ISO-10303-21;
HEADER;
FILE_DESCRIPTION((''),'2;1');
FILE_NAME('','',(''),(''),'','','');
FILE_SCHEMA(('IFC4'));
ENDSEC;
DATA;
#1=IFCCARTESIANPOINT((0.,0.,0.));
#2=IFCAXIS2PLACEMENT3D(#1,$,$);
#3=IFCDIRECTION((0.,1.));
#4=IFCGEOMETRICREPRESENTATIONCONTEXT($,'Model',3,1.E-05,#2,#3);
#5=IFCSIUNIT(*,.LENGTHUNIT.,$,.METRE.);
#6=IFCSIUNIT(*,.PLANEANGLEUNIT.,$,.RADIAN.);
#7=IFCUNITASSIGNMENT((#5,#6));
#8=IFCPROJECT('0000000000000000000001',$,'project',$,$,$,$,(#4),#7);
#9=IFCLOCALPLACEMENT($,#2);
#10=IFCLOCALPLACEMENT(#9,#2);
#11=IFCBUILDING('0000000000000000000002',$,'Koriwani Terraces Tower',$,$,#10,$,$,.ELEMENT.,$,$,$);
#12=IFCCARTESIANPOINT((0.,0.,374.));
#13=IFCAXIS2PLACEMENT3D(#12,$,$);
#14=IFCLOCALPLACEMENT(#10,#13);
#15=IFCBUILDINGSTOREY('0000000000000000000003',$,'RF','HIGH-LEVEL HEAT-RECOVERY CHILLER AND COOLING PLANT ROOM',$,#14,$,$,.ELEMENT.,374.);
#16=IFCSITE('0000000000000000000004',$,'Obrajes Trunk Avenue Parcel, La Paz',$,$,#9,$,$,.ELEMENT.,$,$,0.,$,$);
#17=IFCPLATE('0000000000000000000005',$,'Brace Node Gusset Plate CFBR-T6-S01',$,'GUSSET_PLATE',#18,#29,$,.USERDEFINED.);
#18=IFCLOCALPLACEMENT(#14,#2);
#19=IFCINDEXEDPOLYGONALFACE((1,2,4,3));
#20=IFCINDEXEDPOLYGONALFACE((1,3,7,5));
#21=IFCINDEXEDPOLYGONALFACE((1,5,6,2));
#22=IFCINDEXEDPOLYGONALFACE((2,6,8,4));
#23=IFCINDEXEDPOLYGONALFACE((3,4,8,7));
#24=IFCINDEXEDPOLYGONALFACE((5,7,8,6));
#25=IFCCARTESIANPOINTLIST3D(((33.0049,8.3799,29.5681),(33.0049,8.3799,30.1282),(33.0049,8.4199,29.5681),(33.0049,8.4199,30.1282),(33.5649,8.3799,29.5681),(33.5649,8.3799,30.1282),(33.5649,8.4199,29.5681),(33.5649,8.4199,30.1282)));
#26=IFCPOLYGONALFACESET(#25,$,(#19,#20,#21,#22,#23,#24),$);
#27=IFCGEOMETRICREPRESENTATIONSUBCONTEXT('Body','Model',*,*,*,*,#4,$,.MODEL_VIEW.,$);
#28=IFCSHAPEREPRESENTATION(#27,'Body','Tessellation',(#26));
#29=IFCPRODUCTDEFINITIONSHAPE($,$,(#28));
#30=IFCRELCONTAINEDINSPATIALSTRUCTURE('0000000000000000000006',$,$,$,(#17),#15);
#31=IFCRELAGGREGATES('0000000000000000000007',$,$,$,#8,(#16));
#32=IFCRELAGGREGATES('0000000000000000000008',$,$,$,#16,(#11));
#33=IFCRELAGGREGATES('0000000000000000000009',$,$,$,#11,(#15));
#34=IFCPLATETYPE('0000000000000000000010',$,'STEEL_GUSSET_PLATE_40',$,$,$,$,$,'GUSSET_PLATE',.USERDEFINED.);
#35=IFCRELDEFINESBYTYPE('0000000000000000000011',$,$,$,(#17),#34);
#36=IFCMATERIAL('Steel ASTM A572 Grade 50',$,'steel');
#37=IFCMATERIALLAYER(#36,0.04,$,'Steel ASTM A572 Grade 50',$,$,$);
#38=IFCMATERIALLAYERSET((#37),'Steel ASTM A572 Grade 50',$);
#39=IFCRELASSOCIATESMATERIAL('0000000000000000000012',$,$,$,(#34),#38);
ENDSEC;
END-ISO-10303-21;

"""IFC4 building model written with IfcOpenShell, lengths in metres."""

from ifc_helpers import new_model, si_unit, direction, frame, origin, origin_2d, place, context, subcontext, project, spatial, rectangle, extrude, material, layer, layer_set, type_object, element, save


model = new_model("IFC4")

# Units and contexts
model_context = context("Model", 3, precision=1e-05, world=origin(), true_north=direction((0.0, 1.0)))
body_context = subcontext(model_context, "Body", "Model", "MODEL_VIEW")
ifc_project = project(units=[si_unit("LENGTHUNIT", "METRE"), si_unit("PLANEANGLEUNIT", "RADIAN")], contexts=[model_context])

# Site, building, storey
site_placement = place(None, origin())
site = spatial("IfcSite", under=ifc_project, at=site_placement, Name="Obrajes Trunk Avenue Parcel, La Paz", CompositionType="ELEMENT", RefElevation=0.0)
building_placement = place(site_placement, origin())
building = spatial("IfcBuilding", under=site, at=building_placement, Name="Koriwani Terraces Tower", CompositionType="ELEMENT")
storey_placement = place(building_placement, frame((0.0, 0.0, 374.0)))
storey = spatial("IfcBuildingStorey", under=building, at=storey_placement, Name="RF", Description="HIGH-LEVEL HEAT-RECOVERY CHILLER AND COOLING PLANT ROOM", CompositionType="ELEMENT", Elevation=374.0)

# Shared definitions
ifc_material = material(Name="Steel ASTM A572 Grade 50", Category="steel")

# Plate
ifc_layer_1 = layer(ifc_material, 0.04, Name="Steel ASTM A572 Grade 50")
ifc_layer_set_1 = layer_set([ifc_layer_1], Name="Steel ASTM A572 Grade 50")
plate_type_1 = type_object("IfcPlateType", Name="STEEL_GUSSET_PLATE_40", ElementType="GUSSET_PLATE", PredefinedType="USERDEFINED", material=ifc_layer_set_1)
for number, where, z_axis, x_axis, name in (
    (1, (33.2849, 8.3999, 29.5681), (0.0, 0.0, 1.0), (1.0, 0.0, 0.0), "Brace Node Gusset Plate CFBR-T6-S01"),
):
    element("IfcPlate", number, at=place(storey_placement, frame(where, z_axis=z_axis, x_axis=x_axis)), inside=storey, type_object=plate_type_1, Name=name, ObjectType="GUSSET_PLATE", PredefinedType="USERDEFINED", context=body_context, shape_type="SweptSolid", body=[
        extrude(rectangle(XDim=0.5601, YDim=0.04, at=origin_2d()), origin(), (0.0, 0.0, 1.0), 0.5601),
    ])

save(model, "model.ifc")
